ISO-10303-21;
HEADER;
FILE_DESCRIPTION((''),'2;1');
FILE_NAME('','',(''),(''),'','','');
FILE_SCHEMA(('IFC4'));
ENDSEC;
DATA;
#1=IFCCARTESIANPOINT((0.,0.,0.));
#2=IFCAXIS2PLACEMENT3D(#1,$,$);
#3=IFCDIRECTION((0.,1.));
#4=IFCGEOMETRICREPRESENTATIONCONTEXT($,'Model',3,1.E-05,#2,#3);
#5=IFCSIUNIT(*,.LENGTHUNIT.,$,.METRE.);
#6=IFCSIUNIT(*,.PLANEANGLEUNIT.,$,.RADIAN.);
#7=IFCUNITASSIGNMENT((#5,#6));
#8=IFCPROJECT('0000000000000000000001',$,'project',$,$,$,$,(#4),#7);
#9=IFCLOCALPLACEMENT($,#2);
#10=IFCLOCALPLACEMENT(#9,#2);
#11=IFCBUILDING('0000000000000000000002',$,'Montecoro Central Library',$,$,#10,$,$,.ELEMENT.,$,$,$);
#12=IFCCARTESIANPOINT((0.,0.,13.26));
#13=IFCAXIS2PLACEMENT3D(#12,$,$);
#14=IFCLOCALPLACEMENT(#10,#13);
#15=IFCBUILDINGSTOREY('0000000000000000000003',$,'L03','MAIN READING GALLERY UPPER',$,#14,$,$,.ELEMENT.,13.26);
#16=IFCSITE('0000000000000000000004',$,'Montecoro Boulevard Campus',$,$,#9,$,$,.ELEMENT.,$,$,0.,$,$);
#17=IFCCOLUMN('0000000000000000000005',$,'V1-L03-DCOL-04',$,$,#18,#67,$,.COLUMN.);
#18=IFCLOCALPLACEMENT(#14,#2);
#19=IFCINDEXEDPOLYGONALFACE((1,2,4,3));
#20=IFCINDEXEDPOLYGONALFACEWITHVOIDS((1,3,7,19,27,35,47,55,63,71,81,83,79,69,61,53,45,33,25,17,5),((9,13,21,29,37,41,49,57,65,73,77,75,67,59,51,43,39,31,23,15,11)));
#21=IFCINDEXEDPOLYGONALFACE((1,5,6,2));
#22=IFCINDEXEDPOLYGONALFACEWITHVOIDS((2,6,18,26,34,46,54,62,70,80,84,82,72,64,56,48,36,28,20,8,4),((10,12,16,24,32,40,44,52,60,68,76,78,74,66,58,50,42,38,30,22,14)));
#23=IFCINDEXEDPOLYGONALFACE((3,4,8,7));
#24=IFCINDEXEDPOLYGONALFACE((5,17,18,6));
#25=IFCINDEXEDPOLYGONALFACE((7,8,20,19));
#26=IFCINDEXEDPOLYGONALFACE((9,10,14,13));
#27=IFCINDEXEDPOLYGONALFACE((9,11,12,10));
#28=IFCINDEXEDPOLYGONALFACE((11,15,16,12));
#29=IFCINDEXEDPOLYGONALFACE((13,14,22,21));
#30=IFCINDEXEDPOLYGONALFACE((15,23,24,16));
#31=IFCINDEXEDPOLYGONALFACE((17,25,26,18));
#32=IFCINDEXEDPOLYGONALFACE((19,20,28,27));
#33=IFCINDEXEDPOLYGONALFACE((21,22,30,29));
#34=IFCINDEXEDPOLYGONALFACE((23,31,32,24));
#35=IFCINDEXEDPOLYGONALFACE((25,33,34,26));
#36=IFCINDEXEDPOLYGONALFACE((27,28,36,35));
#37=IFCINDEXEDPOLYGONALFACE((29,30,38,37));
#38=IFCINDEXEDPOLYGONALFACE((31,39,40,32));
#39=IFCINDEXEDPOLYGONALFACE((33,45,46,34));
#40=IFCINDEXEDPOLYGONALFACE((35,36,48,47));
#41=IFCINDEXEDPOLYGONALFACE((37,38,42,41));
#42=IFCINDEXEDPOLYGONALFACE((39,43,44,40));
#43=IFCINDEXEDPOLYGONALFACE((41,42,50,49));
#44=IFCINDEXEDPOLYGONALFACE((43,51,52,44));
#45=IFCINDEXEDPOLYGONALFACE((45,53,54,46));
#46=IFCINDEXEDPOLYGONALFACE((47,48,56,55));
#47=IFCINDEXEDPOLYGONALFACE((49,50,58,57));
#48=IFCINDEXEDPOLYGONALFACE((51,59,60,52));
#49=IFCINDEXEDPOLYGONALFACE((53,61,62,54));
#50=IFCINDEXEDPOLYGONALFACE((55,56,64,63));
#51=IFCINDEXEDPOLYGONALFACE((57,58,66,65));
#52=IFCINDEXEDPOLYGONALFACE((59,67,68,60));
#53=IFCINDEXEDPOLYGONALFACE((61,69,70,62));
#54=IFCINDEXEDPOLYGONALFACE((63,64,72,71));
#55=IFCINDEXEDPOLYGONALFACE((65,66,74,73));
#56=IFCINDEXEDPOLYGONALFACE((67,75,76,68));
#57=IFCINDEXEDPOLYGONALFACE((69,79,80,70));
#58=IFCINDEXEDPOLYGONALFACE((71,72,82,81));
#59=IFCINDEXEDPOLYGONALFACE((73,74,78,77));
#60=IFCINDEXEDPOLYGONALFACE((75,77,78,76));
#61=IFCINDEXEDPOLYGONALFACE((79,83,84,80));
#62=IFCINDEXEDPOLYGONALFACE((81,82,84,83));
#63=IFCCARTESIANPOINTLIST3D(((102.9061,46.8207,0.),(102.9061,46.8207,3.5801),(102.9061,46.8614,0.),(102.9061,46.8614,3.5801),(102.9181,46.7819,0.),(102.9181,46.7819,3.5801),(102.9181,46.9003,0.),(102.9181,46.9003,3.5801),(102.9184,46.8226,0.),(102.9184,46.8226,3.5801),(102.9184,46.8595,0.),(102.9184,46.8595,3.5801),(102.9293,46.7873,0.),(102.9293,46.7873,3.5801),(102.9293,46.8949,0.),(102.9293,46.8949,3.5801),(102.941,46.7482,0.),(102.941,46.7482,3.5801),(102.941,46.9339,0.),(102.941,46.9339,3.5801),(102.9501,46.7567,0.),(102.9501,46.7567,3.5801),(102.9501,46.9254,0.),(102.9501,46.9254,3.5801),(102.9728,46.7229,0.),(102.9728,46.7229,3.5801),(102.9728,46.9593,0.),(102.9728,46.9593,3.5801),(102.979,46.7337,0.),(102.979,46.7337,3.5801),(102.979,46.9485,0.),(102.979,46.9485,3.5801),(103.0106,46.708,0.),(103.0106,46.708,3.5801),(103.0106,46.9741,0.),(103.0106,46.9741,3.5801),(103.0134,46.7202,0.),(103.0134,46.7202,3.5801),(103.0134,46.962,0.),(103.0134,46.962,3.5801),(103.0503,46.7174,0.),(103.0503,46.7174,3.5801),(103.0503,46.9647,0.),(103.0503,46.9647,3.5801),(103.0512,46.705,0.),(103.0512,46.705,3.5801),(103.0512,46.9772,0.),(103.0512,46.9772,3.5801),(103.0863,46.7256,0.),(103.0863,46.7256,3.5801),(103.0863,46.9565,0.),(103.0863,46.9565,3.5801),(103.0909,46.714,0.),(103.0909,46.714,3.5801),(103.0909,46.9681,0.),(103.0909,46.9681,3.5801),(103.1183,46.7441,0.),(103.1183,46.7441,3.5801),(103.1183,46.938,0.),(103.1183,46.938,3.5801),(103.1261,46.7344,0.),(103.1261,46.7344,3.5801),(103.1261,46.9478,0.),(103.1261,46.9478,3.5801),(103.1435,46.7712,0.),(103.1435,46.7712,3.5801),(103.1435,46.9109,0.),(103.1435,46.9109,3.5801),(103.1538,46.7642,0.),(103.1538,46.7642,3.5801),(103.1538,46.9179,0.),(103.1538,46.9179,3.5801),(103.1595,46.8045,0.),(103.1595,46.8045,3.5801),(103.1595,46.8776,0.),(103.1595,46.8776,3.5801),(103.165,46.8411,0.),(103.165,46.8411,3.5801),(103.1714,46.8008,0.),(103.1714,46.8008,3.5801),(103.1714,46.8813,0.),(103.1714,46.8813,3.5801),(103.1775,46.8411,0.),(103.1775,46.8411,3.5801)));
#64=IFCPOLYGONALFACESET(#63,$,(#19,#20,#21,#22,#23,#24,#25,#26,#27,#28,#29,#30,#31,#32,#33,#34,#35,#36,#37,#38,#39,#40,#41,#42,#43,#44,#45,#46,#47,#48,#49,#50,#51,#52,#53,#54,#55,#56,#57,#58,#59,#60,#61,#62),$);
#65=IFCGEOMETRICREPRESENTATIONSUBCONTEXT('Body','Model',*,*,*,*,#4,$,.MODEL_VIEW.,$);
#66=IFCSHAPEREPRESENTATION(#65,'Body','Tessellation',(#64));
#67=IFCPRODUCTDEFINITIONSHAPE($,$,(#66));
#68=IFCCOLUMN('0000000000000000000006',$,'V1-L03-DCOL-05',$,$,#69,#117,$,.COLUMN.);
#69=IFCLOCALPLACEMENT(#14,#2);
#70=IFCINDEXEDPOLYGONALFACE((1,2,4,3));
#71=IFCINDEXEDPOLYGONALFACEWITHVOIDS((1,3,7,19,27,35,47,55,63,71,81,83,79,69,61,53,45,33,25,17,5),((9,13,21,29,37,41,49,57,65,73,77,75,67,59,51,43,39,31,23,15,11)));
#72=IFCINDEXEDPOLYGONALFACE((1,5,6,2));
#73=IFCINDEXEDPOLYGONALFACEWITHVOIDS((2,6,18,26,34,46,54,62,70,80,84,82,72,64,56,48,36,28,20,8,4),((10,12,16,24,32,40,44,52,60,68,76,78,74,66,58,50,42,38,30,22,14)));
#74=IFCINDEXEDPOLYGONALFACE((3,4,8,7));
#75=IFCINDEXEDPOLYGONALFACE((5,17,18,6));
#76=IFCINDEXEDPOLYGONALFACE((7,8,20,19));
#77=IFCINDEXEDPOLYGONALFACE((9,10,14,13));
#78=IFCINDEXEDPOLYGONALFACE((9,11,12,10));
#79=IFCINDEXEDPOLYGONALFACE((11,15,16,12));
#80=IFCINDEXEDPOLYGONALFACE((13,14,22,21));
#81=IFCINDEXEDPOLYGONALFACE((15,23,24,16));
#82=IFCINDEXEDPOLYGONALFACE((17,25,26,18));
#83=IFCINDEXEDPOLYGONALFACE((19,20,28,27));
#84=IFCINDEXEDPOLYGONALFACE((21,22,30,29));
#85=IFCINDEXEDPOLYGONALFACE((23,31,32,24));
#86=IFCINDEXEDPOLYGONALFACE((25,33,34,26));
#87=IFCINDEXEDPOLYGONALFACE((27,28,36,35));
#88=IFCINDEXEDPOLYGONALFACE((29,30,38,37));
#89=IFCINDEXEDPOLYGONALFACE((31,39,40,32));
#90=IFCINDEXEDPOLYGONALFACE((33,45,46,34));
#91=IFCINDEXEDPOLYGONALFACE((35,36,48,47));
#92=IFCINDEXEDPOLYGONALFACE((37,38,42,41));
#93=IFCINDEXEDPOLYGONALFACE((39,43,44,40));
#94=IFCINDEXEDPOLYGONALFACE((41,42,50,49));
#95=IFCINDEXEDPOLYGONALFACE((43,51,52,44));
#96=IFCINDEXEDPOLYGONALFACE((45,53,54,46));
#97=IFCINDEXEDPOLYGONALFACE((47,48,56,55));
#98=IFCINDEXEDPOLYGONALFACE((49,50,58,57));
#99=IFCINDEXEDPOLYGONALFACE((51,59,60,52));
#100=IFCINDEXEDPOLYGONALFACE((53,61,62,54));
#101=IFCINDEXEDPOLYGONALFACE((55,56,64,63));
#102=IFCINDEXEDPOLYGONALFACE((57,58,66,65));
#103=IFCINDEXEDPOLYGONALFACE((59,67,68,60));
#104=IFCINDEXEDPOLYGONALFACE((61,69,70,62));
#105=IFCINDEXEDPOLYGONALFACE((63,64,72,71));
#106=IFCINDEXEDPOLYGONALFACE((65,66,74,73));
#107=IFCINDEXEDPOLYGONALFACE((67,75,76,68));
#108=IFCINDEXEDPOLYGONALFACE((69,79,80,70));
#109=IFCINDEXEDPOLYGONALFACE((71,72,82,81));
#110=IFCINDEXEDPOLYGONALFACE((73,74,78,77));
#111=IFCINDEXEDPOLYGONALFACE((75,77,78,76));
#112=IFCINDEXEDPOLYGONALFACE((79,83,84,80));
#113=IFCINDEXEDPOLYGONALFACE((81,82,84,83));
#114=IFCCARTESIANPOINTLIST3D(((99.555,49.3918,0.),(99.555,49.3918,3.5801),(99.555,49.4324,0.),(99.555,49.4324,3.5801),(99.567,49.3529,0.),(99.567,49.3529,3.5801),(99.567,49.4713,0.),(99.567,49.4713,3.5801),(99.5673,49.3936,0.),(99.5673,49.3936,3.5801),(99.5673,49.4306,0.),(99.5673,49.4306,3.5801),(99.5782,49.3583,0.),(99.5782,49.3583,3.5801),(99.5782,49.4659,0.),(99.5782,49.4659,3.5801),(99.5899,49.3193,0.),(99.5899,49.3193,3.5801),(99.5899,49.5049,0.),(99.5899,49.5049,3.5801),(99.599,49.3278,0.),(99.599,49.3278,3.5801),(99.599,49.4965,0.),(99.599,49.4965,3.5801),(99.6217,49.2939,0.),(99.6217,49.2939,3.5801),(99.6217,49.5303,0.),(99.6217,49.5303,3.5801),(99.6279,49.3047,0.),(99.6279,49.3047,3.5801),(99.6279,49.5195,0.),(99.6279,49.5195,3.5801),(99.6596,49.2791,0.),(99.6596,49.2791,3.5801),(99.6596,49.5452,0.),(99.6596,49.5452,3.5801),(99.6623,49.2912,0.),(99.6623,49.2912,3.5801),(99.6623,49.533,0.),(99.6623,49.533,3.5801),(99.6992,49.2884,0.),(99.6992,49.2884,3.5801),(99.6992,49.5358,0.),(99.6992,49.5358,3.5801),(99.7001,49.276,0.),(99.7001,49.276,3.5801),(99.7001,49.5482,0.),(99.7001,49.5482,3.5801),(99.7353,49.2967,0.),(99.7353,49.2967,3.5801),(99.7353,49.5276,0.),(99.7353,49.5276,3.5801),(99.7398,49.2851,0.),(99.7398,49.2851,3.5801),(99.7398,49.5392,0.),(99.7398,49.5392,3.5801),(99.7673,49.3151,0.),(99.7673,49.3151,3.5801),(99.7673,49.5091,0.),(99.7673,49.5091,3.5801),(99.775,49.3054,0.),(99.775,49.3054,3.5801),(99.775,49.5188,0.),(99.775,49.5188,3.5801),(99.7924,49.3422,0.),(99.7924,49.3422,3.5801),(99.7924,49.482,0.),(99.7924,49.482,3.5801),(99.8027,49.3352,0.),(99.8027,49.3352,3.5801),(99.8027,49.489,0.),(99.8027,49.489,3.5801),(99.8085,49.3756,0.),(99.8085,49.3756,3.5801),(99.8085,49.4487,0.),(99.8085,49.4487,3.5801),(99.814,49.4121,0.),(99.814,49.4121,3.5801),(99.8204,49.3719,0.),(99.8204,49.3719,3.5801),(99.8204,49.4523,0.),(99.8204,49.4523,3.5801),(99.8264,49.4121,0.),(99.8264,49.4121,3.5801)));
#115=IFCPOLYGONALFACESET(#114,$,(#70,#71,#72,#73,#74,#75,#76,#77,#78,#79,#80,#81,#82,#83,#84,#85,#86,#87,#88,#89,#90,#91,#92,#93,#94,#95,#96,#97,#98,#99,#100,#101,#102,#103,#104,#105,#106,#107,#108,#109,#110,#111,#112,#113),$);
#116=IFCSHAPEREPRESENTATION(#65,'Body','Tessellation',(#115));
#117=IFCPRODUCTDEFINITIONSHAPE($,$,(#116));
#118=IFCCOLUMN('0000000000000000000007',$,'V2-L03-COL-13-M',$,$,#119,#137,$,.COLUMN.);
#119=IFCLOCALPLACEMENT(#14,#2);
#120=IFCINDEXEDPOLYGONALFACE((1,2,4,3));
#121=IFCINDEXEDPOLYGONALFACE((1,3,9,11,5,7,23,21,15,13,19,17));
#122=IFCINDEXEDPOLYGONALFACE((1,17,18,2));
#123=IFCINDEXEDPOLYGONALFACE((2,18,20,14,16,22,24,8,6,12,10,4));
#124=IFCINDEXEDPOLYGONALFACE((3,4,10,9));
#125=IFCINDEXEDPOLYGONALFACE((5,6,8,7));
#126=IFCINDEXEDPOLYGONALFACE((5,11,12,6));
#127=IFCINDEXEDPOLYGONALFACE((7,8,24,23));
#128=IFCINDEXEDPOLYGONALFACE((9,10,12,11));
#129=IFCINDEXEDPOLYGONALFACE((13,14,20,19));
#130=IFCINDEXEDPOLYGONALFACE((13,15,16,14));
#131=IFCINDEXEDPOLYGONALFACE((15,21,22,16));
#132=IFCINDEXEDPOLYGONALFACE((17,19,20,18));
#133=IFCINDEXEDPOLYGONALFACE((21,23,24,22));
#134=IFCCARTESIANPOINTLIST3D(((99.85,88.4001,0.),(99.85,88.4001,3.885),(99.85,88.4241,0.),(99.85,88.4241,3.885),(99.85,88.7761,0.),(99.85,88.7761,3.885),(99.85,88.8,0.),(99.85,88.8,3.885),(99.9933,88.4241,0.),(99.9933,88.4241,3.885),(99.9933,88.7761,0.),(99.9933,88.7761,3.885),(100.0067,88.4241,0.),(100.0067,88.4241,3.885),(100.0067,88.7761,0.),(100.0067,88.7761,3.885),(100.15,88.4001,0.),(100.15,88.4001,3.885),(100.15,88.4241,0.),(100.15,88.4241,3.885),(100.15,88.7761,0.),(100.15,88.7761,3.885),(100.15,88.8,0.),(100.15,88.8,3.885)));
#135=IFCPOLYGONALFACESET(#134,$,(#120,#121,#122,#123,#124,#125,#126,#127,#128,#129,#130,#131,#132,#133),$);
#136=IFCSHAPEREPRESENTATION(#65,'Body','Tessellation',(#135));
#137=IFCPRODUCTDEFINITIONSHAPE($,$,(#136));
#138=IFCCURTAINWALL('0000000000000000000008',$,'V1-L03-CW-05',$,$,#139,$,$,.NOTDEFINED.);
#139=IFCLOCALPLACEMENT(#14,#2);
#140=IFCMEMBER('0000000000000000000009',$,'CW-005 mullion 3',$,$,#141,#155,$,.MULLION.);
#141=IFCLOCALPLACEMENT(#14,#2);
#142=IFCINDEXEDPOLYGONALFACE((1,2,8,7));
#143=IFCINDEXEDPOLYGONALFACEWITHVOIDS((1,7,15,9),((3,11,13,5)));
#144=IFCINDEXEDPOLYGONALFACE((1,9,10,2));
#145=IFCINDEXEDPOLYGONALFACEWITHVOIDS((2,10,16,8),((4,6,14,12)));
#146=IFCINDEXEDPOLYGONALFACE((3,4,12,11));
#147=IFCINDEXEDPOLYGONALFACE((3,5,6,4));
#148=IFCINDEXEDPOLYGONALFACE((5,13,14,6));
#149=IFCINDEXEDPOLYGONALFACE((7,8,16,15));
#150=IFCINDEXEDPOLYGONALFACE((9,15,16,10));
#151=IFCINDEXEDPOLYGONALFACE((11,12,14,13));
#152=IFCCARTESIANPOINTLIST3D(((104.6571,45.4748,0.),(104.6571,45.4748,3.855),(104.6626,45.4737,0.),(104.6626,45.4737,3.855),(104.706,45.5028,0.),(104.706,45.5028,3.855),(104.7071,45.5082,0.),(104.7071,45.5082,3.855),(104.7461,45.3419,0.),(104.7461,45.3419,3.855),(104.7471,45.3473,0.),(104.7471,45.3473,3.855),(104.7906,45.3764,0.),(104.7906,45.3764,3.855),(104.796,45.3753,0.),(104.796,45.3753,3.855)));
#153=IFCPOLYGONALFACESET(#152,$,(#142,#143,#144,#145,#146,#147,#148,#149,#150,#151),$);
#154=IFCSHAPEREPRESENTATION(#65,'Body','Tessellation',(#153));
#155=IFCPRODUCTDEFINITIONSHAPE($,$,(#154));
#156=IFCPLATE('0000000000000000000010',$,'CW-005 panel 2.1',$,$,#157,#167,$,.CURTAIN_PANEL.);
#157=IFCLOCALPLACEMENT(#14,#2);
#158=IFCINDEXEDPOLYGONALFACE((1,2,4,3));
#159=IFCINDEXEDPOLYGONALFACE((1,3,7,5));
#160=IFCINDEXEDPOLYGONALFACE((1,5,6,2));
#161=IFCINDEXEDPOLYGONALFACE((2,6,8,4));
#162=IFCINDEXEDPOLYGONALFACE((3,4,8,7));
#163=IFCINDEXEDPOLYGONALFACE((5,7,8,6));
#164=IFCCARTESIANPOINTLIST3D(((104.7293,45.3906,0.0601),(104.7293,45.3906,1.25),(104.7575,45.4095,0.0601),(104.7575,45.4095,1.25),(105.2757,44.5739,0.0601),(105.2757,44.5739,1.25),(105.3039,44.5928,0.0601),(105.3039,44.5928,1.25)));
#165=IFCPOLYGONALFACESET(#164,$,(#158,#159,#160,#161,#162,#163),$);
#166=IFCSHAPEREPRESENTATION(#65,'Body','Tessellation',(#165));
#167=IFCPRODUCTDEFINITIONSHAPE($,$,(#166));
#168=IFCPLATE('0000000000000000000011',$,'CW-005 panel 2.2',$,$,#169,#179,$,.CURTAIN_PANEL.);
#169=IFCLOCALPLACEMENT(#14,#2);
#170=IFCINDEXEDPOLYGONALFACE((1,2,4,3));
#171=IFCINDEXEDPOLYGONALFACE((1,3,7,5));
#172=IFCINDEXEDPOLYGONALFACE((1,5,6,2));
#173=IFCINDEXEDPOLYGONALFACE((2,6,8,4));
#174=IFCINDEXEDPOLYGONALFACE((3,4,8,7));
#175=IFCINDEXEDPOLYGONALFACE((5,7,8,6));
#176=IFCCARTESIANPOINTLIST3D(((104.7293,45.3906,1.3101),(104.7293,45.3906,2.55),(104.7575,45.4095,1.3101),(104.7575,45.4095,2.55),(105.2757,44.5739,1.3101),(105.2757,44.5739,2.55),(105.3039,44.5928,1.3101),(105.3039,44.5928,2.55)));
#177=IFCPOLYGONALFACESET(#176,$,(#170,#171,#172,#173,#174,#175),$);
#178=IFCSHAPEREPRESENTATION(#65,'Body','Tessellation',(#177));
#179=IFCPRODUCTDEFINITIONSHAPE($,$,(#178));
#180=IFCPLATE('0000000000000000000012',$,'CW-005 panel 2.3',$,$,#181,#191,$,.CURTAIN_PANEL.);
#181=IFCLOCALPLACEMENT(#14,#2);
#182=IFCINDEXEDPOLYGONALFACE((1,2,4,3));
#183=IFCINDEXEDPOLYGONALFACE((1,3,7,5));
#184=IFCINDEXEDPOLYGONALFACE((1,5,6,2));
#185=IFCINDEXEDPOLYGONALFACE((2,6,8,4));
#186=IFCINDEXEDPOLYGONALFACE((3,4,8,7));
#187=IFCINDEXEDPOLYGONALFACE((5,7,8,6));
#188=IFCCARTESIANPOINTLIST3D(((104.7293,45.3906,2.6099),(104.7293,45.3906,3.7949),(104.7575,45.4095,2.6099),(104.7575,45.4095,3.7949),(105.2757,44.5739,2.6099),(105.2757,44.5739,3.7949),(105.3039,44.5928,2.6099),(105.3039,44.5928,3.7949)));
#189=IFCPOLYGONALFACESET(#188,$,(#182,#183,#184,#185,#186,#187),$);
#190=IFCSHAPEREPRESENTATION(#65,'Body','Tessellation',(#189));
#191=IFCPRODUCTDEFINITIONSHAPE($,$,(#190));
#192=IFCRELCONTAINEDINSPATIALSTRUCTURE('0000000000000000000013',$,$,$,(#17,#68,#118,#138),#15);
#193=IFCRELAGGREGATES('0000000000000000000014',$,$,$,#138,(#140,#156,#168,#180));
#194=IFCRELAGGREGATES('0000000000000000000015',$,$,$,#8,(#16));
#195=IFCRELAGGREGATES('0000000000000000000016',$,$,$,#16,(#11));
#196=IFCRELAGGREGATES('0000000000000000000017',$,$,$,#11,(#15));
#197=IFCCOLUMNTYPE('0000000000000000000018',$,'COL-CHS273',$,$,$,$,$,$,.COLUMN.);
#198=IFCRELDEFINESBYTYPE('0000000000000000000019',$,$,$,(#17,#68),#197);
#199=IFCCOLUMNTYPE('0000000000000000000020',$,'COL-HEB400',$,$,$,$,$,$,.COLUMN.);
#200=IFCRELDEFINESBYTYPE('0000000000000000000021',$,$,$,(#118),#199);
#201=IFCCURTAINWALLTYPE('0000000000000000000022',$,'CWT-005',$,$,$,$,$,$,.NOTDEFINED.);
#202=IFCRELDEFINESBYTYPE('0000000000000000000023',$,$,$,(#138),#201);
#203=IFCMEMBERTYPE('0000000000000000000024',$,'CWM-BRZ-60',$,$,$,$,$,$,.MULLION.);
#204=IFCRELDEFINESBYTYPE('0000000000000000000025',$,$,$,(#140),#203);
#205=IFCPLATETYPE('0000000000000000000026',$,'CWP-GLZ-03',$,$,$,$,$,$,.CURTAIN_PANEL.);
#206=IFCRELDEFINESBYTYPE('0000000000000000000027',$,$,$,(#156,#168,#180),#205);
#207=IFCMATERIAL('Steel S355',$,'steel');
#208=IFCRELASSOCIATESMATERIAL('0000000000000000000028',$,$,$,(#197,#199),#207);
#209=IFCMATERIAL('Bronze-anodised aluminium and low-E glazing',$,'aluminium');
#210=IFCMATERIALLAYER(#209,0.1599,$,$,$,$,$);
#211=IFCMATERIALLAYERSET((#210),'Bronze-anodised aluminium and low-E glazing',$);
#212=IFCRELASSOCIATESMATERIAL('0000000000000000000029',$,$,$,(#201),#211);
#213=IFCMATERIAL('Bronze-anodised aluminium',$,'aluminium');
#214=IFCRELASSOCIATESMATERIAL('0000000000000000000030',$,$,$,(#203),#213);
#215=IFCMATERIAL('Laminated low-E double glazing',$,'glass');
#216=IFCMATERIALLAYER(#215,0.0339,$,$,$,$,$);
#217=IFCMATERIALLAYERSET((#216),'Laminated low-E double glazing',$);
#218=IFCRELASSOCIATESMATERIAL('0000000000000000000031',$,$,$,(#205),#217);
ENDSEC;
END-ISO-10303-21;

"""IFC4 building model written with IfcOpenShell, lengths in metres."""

from ifc_helpers import new_model, si_unit, direction, frame, origin, origin_2d, place, context, subcontext, project, spatial, rectangle, hollow_rectangle, hollow_circle, i_section, extrude, material, layer, layer_set, material_profile, profile_set, type_object, element, aggregate, save


model = new_model("IFC4")

# Units and contexts
model_context = context("Model", 3, precision=1e-05, world=origin(), true_north=direction((0.0, 1.0)))
body_context = subcontext(model_context, "Body", "Model", "MODEL_VIEW")
ifc_project = project(units=[si_unit("LENGTHUNIT", "METRE"), si_unit("PLANEANGLEUNIT", "RADIAN")], contexts=[model_context])

# Site, building, storey
site_placement = place(None, origin())
site = spatial("IfcSite", under=ifc_project, at=site_placement, Name="Montecoro Boulevard Campus", CompositionType="ELEMENT", RefElevation=0.0)
building_placement = place(site_placement, origin())
building = spatial("IfcBuilding", under=site, at=building_placement, Name="Montecoro Central Library", CompositionType="ELEMENT")
storey_placement = place(building_placement, frame((0.0, 0.0, 13.26)))
storey = spatial("IfcBuildingStorey", under=building, at=storey_placement, Name="L03", Description="MAIN READING GALLERY UPPER", CompositionType="ELEMENT", Elevation=13.26)

# Columns
ifc_material_1 = material(Name="Steel S355", Category="steel")
ifc_material_profile_1 = material_profile(ifc_material_1, hollow_circle(Radius=0.1365, WallThickness=0.0125, at=origin_2d()), Name="CHS 273.0x12.5")
ifc_profile_set_1 = profile_set([ifc_material_profile_1], Name="Steel S355")
column_type_1 = type_object("IfcColumnType", Name="COL-CHS273", PredefinedType="COLUMN", material=ifc_profile_set_1)
for number, where, z_axis, x_axis, name in (
    (1, (103.041, 46.8411, 0.0), (0.0, 0.0, 1.0), (1.0, 0.0, 0.0), "V1-L03-DCOL-04"),
    (2, (99.6899, 49.4121, 0.0), (0.0, 0.0, 1.0), (1.0, 0.0, 0.0), "V1-L03-DCOL-05"),
):
    element("IfcColumn", number, at=place(storey_placement, frame(where, z_axis=z_axis, x_axis=x_axis)), inside=storey, type_object=column_type_1, Name=name, PredefinedType="COLUMN", context=body_context, shape_type="SweptSolid", body=[
        extrude(hollow_circle(Radius=0.1365, WallThickness=0.0125, at=origin_2d()), origin(), (0.0, 0.0, 1.0), 3.5801),
    ])
ifc_material_profile_2 = material_profile(ifc_material_1, i_section(OverallWidth=0.3, OverallDepth=0.3999, WebThickness=0.0134, FlangeThickness=0.0239, at=origin_2d()), Name="HEB 400")
ifc_profile_set_2 = profile_set([ifc_material_profile_2], Name="Steel S355")
column_type_2 = type_object("IfcColumnType", Name="COL-HEB400", PredefinedType="COLUMN", material=ifc_profile_set_2)
column_placement = place(storey_placement, frame((100.0, 88.6001, 0.0), z_axis=(0.0, 0.0, 1.0), x_axis=(1.0, 0.0, 0.0)))
element("IfcColumn", 3, at=column_placement, inside=storey, type_object=column_type_2, Name="V2-L03-COL-13-M", PredefinedType="COLUMN", context=body_context, shape_type="SweptSolid", body=[
    extrude(i_section(OverallWidth=0.3, OverallDepth=0.3999, WebThickness=0.0134, FlangeThickness=0.0239, at=origin_2d()), origin(), (0.0, 0.0, 1.0), 3.885),
])

# Curtain wall, member, plates
ifc_material_2 = material(Name="Bronze-anodised aluminium and low-E glazing", Category="aluminium")
ifc_layer_1 = layer(ifc_material_2, 0.1599)
ifc_layer_set_1 = layer_set([ifc_layer_1], Name="Bronze-anodised aluminium and low-E glazing")
curtain_wall_type = type_object("IfcCurtainWallType", Name="CWT-005", PredefinedType="NOTDEFINED", material=ifc_layer_set_1)
curtain_wall_placement = place(storey_placement, origin())
curtain_wall = element("IfcCurtainWall", 4, at=curtain_wall_placement, inside=storey, type_object=curtain_wall_type, Name="V1-L03-CW-05", PredefinedType="NOTDEFINED")
ifc_material_3 = material(Name="Bronze-anodised aluminium", Category="aluminium")
ifc_material_profile_3 = material_profile(ifc_material_3, hollow_rectangle(XDim=0.0601, YDim=0.1599, WallThickness=0.0039, at=origin_2d()), Name="CWM 160x60x4.0")
ifc_profile_set_3 = profile_set([ifc_material_profile_3], Name="Bronze-anodised aluminium")
member_type = type_object("IfcMemberType", Name="CWM-BRZ-60", PredefinedType="MULLION", material=ifc_profile_set_3)
member_placement = place(storey_placement, frame((104.7266, 45.425, 0.0), z_axis=(0.0, 0.0, 1.0), x_axis=(-0.831117, -0.556098, 0.0)))
member = element("IfcMember", 5, at=member_placement, type_object=member_type, Name="CW-005 mullion 3", PredefinedType="MULLION", context=body_context, shape_type="SweptSolid", body=[
    extrude(hollow_rectangle(XDim=0.0601, YDim=0.1599, WallThickness=0.0039, at=origin_2d()), origin(), (0.0, 0.0, 1.0), 3.855),
])
ifc_material_4 = material(Name="Laminated low-E double glazing", Category="glass")
ifc_layer_2 = layer(ifc_material_4, 0.0339)
ifc_layer_set_2 = layer_set([ifc_layer_2], Name="Laminated low-E double glazing")
plate_type_1 = type_object("IfcPlateType", Name="CWP-GLZ-03", PredefinedType="CURTAIN_PANEL", material=ifc_layer_set_2)
plate_1_placement = place(storey_placement, frame((105.0166, 44.9917, 0.0601), z_axis=(0.0, 0.0, 1.0), x_axis=(-0.556098, 0.831117, 0.0)))
plate_1 = element("IfcPlate", 6, at=plate_1_placement, type_object=plate_type_1, Name="CW-005 panel 2.1", PredefinedType="CURTAIN_PANEL", context=body_context, shape_type="SweptSolid", body=[
    extrude(rectangle(XDim=0.9827, YDim=0.0339, at=origin_2d()), origin(), (0.0, 0.0, 1.0), 1.1899),
])
plate_2_placement = place(storey_placement, frame((105.0166, 44.9917, 1.3101), z_axis=(0.0, 0.0, 1.0), x_axis=(-0.556098, 0.831117, 0.0)))
plate_2 = element("IfcPlate", 7, at=plate_2_placement, type_object=plate_type_1, Name="CW-005 panel 2.2", PredefinedType="CURTAIN_PANEL", context=body_context, shape_type="SweptSolid", body=[
    extrude(rectangle(XDim=0.9827, YDim=0.0339, at=origin_2d()), origin(), (0.0, 0.0, 1.0), 1.24),
])
plate_3_placement = place(storey_placement, frame((105.0166, 44.9917, 2.6099), z_axis=(0.0, 0.0, 1.0), x_axis=(-0.556098, 0.831117, 0.0)))
plate_3 = element("IfcPlate", 8, at=plate_3_placement, type_object=plate_type_1, Name="CW-005 panel 2.3", PredefinedType="CURTAIN_PANEL", context=body_context, shape_type="SweptSolid", body=[
    extrude(rectangle(XDim=0.9827, YDim=0.0339, at=origin_2d()), origin(), (0.0, 0.0, 1.0), 1.1851),
])
aggregate(curtain_wall, [member, plate_1, plate_2, plate_3])

save(model, "model.ifc")
